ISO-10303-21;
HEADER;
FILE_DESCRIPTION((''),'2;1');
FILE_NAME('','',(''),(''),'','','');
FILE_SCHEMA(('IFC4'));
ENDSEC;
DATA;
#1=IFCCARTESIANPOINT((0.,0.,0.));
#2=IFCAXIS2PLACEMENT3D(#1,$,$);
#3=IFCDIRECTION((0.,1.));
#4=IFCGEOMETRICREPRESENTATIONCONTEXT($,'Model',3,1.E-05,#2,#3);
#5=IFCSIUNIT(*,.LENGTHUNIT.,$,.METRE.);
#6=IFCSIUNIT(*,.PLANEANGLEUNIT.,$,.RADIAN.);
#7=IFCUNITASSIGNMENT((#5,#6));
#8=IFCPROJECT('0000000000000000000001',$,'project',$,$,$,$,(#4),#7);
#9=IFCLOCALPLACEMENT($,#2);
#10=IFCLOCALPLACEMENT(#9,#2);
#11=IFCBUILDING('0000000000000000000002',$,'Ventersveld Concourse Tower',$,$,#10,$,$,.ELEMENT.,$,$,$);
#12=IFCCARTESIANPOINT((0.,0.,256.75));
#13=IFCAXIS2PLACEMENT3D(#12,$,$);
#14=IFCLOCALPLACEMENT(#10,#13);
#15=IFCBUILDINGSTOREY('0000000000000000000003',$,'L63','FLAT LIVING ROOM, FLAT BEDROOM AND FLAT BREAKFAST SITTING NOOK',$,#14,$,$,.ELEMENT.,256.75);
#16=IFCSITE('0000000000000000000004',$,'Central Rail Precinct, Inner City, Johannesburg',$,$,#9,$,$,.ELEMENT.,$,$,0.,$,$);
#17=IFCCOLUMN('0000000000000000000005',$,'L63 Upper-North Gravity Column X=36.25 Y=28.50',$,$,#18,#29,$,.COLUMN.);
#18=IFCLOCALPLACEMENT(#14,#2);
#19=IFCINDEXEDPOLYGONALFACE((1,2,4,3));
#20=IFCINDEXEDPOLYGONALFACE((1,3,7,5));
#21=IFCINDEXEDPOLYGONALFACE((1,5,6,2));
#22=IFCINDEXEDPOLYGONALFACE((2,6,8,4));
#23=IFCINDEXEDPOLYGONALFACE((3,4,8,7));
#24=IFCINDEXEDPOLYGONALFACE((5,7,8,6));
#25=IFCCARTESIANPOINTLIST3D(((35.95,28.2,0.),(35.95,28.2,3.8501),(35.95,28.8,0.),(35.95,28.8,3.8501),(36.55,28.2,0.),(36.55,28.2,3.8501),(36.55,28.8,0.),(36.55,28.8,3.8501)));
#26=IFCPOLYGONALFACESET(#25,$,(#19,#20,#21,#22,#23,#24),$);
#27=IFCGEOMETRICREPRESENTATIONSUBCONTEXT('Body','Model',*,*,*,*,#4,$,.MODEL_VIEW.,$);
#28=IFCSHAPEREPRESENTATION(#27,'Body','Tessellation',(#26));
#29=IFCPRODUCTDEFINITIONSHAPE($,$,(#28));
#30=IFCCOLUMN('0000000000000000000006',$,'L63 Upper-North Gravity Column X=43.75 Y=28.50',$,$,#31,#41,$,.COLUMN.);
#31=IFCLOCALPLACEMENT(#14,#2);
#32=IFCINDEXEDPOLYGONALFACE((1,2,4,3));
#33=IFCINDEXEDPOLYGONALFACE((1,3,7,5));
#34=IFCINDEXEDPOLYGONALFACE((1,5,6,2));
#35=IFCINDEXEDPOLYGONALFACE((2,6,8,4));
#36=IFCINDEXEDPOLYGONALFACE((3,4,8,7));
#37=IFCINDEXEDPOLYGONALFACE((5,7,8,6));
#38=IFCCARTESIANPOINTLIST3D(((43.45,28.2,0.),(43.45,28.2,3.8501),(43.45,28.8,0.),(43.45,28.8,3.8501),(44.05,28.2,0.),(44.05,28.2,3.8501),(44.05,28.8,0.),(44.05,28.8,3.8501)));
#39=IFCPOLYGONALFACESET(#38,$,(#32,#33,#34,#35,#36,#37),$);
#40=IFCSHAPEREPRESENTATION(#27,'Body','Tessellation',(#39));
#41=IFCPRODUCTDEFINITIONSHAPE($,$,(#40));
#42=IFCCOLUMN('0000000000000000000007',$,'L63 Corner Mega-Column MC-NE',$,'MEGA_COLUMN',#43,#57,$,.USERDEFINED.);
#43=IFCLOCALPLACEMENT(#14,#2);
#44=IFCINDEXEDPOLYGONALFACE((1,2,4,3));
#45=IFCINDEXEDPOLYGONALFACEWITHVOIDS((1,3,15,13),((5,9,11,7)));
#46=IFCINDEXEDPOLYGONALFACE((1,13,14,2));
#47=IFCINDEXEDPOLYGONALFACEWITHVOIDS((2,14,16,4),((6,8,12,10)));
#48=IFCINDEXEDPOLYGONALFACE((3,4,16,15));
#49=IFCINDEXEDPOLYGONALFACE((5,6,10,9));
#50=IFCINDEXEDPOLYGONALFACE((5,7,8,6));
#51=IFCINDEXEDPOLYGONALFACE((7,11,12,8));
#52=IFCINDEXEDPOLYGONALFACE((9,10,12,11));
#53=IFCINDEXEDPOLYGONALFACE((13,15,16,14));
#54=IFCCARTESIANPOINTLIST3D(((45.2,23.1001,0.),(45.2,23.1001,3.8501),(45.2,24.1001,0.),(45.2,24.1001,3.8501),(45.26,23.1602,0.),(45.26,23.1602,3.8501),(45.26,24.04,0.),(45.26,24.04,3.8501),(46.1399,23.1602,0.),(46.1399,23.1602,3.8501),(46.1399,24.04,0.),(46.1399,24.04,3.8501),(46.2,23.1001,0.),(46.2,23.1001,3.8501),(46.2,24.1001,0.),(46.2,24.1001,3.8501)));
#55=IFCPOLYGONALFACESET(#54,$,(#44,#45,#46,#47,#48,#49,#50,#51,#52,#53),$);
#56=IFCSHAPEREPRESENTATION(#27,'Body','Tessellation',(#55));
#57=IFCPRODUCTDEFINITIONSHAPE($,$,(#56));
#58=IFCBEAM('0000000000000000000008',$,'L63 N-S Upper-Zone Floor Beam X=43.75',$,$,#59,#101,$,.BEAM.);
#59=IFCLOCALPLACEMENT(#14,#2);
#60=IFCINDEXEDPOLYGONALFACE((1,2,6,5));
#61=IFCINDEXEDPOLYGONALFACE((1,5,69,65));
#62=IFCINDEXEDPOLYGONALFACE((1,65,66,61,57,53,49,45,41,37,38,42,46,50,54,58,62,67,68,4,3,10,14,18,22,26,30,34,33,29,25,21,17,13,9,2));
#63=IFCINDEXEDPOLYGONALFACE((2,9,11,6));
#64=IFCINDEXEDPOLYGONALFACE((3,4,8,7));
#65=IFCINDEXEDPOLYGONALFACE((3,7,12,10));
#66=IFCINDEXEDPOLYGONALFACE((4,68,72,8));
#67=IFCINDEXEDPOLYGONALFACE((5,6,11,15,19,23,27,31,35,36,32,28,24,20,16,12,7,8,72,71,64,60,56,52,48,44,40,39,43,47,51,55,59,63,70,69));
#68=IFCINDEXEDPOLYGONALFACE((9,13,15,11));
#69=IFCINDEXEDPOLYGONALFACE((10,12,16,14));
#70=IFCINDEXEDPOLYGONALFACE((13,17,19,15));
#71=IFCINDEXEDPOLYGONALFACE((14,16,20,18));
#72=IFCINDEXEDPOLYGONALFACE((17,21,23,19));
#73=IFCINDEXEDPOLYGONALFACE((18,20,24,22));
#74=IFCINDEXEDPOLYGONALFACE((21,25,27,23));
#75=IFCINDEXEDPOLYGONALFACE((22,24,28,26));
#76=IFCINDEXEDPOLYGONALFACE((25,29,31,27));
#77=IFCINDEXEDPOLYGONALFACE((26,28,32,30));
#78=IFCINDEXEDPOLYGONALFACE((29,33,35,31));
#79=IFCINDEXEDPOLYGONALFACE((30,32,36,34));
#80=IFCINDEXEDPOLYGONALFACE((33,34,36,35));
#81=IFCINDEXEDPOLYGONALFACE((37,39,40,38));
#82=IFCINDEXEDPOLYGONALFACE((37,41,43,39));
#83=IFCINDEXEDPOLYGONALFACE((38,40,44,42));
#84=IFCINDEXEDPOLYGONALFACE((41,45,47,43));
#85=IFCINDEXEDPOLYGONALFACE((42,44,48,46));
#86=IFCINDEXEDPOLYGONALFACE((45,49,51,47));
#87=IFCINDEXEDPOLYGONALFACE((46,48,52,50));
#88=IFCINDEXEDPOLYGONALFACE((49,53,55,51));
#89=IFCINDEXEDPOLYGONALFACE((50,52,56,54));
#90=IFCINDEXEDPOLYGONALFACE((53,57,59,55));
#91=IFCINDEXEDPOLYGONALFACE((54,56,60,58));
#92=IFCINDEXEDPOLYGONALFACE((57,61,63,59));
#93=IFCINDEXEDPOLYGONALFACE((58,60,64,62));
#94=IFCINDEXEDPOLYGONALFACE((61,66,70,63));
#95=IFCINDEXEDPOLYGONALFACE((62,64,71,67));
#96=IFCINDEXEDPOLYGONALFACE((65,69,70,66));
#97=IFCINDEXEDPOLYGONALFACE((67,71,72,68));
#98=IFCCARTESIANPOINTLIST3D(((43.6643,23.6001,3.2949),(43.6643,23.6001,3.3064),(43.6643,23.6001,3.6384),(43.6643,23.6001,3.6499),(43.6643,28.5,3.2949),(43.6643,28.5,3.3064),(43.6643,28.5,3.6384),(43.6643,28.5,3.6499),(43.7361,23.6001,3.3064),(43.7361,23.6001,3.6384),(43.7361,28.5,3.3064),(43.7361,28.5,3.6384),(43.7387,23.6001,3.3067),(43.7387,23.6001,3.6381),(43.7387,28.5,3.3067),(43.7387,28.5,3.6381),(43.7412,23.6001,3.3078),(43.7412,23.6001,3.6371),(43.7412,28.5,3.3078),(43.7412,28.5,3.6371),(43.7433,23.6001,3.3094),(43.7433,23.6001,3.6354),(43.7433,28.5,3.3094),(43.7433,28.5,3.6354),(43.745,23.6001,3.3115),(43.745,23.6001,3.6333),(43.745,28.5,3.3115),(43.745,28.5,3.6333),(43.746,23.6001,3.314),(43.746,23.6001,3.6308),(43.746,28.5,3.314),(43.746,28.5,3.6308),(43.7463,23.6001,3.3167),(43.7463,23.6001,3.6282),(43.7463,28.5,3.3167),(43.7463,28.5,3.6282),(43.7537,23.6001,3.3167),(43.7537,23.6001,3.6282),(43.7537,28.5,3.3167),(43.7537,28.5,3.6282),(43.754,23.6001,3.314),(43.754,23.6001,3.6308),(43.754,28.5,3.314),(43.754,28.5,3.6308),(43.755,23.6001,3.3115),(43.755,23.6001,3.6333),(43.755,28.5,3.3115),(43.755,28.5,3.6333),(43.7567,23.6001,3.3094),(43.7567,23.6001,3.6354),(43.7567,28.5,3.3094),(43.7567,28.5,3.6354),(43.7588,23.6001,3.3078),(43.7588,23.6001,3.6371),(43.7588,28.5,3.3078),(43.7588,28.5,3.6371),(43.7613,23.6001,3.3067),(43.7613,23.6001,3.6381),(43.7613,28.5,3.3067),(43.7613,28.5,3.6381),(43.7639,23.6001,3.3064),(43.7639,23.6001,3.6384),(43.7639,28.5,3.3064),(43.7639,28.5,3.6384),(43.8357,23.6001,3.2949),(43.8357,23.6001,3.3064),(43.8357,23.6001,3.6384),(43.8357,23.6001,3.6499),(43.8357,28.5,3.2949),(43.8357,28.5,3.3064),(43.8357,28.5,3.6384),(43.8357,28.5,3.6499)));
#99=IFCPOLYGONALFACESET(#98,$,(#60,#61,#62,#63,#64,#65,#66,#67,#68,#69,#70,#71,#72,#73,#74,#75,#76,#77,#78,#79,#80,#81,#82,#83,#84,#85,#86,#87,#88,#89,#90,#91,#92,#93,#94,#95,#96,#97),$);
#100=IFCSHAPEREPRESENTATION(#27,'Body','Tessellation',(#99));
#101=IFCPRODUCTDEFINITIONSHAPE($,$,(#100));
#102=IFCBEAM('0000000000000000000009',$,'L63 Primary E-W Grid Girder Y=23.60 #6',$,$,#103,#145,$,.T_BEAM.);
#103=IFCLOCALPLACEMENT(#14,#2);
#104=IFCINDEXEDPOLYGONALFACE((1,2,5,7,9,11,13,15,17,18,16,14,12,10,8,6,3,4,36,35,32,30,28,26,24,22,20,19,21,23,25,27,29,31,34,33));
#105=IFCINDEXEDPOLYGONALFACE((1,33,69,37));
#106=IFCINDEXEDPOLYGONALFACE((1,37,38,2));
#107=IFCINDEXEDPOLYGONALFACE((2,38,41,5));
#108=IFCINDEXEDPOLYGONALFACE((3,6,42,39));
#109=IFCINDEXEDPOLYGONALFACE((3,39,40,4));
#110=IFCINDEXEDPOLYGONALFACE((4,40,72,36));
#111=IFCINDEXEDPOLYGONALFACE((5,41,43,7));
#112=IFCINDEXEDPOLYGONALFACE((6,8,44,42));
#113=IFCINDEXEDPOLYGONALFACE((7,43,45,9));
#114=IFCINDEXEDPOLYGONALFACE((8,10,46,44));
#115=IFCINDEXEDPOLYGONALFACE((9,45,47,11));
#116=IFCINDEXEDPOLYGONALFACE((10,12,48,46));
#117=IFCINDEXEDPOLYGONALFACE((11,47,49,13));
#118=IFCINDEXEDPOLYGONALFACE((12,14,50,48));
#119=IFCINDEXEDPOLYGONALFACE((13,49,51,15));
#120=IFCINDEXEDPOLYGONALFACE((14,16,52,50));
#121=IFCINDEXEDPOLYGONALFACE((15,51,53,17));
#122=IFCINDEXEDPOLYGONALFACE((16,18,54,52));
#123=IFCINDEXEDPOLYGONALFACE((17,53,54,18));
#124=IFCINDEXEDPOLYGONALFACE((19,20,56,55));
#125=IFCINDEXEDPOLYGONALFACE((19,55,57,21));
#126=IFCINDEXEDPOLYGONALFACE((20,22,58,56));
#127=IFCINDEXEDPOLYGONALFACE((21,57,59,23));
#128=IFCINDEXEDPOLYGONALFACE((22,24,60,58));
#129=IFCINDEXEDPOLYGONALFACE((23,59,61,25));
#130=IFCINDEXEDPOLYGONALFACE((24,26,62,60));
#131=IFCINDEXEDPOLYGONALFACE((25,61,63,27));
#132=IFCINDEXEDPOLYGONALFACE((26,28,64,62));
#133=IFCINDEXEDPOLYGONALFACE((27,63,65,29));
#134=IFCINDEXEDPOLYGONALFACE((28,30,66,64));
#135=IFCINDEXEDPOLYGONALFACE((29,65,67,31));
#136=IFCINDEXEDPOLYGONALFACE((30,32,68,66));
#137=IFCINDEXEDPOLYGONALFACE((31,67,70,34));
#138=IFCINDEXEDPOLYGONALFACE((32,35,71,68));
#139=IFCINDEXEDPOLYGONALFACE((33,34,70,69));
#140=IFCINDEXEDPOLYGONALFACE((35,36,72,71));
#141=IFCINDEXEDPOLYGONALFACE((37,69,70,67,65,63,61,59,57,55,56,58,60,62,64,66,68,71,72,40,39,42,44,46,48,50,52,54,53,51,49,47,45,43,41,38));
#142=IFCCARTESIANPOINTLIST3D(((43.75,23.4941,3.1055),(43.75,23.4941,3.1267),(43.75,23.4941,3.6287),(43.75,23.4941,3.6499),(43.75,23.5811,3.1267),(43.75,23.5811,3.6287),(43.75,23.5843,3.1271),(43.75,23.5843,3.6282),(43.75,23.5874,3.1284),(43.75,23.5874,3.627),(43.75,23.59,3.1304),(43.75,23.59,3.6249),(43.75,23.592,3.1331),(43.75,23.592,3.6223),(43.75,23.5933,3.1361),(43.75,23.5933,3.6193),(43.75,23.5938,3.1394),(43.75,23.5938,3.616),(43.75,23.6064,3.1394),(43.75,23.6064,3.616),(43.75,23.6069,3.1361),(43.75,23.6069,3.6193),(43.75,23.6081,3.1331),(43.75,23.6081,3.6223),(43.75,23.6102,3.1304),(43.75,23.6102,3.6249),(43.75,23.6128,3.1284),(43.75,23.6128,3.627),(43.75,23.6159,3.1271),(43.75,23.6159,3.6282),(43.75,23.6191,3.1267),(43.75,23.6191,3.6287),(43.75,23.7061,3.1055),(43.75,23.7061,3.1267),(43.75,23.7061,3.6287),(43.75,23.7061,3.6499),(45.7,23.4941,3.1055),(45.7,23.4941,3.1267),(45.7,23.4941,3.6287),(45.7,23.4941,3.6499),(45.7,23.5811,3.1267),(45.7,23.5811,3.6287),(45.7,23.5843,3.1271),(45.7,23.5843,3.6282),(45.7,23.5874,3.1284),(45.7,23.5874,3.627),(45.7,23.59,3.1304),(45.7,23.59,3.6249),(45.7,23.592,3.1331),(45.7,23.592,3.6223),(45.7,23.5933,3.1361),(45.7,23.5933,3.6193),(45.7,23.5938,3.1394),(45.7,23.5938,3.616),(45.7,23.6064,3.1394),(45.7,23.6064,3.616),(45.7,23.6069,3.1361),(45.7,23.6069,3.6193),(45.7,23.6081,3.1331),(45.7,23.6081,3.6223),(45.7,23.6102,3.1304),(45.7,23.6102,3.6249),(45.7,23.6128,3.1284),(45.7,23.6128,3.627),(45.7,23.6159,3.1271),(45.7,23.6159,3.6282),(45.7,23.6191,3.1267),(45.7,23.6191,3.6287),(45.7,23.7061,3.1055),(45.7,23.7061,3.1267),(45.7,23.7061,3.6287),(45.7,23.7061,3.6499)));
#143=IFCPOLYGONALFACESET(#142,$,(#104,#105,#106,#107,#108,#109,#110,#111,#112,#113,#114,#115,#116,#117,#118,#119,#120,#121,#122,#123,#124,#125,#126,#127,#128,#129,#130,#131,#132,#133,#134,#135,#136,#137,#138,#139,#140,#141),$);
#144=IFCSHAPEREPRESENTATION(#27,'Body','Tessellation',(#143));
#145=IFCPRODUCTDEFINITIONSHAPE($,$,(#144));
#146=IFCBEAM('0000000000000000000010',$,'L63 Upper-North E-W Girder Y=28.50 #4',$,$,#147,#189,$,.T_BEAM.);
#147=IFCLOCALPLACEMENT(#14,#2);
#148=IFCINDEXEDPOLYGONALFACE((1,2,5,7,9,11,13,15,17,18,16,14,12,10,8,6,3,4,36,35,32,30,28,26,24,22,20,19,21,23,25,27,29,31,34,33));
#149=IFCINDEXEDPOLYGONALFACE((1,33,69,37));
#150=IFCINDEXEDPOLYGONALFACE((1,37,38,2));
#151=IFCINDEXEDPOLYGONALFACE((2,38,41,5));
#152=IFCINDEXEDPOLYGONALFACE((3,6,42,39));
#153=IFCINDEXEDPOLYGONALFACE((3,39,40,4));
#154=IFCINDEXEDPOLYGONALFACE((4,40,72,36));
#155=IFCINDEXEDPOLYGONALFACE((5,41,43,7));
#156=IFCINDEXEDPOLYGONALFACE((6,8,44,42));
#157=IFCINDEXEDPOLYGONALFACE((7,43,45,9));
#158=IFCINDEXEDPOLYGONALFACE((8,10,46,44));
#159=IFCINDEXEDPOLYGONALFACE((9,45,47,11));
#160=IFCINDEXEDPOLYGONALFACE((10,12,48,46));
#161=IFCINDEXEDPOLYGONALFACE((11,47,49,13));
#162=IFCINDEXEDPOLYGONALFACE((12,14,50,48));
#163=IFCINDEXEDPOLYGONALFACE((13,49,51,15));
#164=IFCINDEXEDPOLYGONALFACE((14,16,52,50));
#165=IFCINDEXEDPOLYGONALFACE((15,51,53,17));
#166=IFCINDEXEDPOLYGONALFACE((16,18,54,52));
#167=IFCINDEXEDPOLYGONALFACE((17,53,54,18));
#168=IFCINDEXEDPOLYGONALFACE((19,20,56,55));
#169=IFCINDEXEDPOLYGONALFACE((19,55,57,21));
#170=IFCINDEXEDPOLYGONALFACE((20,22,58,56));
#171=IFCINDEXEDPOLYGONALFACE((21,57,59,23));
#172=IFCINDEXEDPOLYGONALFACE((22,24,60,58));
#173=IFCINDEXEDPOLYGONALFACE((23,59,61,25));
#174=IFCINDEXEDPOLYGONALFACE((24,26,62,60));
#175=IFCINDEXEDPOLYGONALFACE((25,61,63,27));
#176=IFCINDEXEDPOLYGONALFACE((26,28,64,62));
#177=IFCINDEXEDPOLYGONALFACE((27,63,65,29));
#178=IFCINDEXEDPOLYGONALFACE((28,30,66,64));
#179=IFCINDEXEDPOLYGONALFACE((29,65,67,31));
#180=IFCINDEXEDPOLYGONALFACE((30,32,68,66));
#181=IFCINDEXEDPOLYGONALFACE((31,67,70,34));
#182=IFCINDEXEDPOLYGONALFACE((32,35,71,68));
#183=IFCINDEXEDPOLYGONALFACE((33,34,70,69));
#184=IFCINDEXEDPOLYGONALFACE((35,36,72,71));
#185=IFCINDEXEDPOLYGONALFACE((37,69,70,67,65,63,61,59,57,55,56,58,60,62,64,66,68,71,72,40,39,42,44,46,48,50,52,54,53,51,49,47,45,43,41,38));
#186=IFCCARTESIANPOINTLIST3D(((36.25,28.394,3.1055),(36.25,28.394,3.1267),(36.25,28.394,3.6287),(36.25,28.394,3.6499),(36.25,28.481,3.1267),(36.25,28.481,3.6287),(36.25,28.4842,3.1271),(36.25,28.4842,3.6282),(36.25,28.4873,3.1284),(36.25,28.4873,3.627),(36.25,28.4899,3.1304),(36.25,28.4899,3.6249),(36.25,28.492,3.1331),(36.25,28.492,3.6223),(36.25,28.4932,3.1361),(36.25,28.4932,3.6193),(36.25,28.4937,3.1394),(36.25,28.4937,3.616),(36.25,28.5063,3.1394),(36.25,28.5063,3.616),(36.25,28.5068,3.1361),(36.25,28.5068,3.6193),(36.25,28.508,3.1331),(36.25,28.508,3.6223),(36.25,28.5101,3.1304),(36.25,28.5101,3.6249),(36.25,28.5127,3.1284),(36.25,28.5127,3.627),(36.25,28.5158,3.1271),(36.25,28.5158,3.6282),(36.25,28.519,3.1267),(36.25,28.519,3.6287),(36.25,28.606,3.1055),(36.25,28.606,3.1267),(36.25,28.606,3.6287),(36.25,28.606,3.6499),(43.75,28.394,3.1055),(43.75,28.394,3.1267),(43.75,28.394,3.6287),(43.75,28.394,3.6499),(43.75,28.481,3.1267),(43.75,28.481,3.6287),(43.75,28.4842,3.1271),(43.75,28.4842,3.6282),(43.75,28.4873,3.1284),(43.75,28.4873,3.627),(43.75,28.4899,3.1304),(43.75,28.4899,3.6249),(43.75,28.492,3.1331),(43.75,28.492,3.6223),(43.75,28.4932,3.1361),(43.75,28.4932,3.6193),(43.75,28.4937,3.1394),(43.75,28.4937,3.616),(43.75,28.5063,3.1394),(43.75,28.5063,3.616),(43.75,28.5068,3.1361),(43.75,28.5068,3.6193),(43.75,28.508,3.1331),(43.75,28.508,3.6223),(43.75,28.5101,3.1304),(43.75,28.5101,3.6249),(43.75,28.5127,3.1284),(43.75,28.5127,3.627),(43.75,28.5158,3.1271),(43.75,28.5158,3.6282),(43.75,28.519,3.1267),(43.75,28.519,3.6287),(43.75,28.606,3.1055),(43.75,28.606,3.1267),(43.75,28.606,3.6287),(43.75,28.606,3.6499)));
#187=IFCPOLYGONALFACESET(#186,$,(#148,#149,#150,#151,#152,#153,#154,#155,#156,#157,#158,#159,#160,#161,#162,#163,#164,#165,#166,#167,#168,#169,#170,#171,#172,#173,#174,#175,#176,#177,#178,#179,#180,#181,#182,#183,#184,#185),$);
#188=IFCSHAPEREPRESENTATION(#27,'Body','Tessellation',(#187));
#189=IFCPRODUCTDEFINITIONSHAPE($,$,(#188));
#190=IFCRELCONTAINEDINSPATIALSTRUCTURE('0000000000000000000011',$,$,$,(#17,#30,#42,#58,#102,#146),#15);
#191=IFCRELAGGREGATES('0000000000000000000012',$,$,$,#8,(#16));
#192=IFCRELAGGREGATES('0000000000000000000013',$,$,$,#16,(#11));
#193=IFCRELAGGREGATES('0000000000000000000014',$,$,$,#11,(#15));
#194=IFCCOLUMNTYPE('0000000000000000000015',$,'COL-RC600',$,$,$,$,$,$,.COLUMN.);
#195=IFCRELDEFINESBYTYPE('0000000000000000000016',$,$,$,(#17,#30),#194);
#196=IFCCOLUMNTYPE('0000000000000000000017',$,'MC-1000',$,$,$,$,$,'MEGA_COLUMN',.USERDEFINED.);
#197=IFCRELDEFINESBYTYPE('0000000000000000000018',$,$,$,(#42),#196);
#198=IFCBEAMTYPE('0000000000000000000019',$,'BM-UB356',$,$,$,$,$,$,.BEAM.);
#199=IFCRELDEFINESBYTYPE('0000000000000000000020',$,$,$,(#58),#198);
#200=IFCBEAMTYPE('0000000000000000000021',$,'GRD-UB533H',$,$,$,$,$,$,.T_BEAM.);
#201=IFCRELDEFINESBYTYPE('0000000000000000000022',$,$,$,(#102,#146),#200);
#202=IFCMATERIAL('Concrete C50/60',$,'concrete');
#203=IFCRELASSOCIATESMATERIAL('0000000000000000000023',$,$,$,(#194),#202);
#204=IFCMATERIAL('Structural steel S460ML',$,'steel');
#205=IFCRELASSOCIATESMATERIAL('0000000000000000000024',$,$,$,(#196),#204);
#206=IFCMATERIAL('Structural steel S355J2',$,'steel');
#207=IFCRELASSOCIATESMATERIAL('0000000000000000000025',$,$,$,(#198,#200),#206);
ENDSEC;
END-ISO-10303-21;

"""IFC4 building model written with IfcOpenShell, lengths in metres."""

from ifc_helpers import new_model, si_unit, direction, frame, origin, origin_2d, place, context, subcontext, project, spatial, rectangle, hollow_rectangle, i_section, extrude, material, material_profile, profile_set, type_object, element, save


model = new_model("IFC4")

# Units and contexts
model_context = context("Model", 3, precision=1e-05, world=origin(), true_north=direction((0.0, 1.0)))
body_context = subcontext(model_context, "Body", "Model", "MODEL_VIEW")
ifc_project = project(units=[si_unit("LENGTHUNIT", "METRE"), si_unit("PLANEANGLEUNIT", "RADIAN")], contexts=[model_context])

# Site, building, storey
site_placement = place(None, origin())
site = spatial("IfcSite", under=ifc_project, at=site_placement, Name="Central Rail Precinct, Inner City, Johannesburg", CompositionType="ELEMENT", RefElevation=0.0)
building_placement = place(site_placement, origin())
building = spatial("IfcBuilding", under=site, at=building_placement, Name="Ventersveld Concourse Tower", CompositionType="ELEMENT")
storey_placement = place(building_placement, frame((0.0, 0.0, 256.75)))
storey = spatial("IfcBuildingStorey", under=building, at=storey_placement, Name="L63", Description="FLAT LIVING ROOM, FLAT BEDROOM AND FLAT BREAKFAST SITTING NOOK", CompositionType="ELEMENT", Elevation=256.75)

# Columns
ifc_material_1 = material(Name="Concrete C50/60", Category="concrete")
ifc_material_profile_1 = material_profile(ifc_material_1, rectangle(XDim=0.6001, YDim=0.6001, at=origin_2d()), Name="RC 600x600")
ifc_profile_set_1 = profile_set([ifc_material_profile_1], Name="Concrete C50/60")
column_type_1 = type_object("IfcColumnType", Name="COL-RC600", PredefinedType="COLUMN", material=ifc_profile_set_1)
for number, where, z_axis, x_axis, name in (
    (1, (36.25, 28.5, 0.0), (0.0, 0.0, 1.0), (1.0, 0.0, 0.0), "L63 Upper-North Gravity Column X=36.25 Y=28.50"),
    (2, (43.75, 28.5, 0.0), (0.0, 0.0, 1.0), (1.0, 0.0, 0.0), "L63 Upper-North Gravity Column X=43.75 Y=28.50"),
):
    element("IfcColumn", number, at=place(storey_placement, frame(where, z_axis=z_axis, x_axis=x_axis)), inside=storey, type_object=column_type_1, Name=name, PredefinedType="COLUMN", context=body_context, shape_type="SweptSolid", body=[
        extrude(rectangle(XDim=0.6001, YDim=0.6001, at=origin_2d()), origin(), (0.0, 0.0, 1.0), 3.8501),
    ])
ifc_material_2 = material(Name="Structural steel S460ML", Category="steel")
ifc_material_profile_2 = material_profile(ifc_material_2, hollow_rectangle(XDim=1.0, YDim=1.0, WallThickness=0.0601, at=origin_2d()), Name="BOX 1000x1000x60")
ifc_profile_set_2 = profile_set([ifc_material_profile_2], Name="Structural steel S460ML")
column_type_2 = type_object("IfcColumnType", Name="MC-1000", ElementType="MEGA_COLUMN", PredefinedType="USERDEFINED", material=ifc_profile_set_2)
column_placement = place(storey_placement, frame((45.7, 23.6001, 0.0), z_axis=(0.0, 0.0, 1.0), x_axis=(1.0, 0.0, 0.0)))
element("IfcColumn", 3, at=column_placement, inside=storey, type_object=column_type_2, Name="L63 Corner Mega-Column MC-NE", ObjectType="MEGA_COLUMN", PredefinedType="USERDEFINED", context=body_context, shape_type="SweptSolid", body=[
    extrude(hollow_rectangle(XDim=1.0, YDim=1.0, WallThickness=0.0601, at=origin_2d()), origin(), (0.0, 0.0, 1.0), 3.8501),
])

# Beams
ifc_material_3 = material(Name="Structural steel S355J2", Category="steel")
ifc_material_profile_3 = material_profile(ifc_material_3, i_section(OverallWidth=0.1714, OverallDepth=0.355, WebThickness=0.0073, FlangeThickness=0.0115, FilletRadius=0.0103, at=origin_2d()), Name="UB 356x171x51")
ifc_profile_set_3 = profile_set([ifc_material_profile_3], Name="Structural steel S355J2")
beam_type_1 = type_object("IfcBeamType", Name="BM-UB356", PredefinedType="BEAM", material=ifc_profile_set_3)
beam_1_placement = place(storey_placement, frame((43.75, 23.6001, 3.4724), z_axis=(0.0, 1.0, 0.0), x_axis=(-1.0, 0.0, 0.0)))
element("IfcBeam", 4, at=beam_1_placement, inside=storey, type_object=beam_type_1, Name="L63 N-S Upper-Zone Floor Beam X=43.75", PredefinedType="BEAM", context=body_context, shape_type="SweptSolid", body=[
    extrude(i_section(OverallWidth=0.1714, OverallDepth=0.355, WebThickness=0.0073, FlangeThickness=0.0115, FilletRadius=0.0103, at=origin_2d()), origin(), (0.0, 0.0, 1.0), 4.8999),
])
ifc_material_profile_4 = material_profile(ifc_material_3, i_section(OverallWidth=0.2119, OverallDepth=0.5444, WebThickness=0.0127, FlangeThickness=0.0212, FilletRadius=0.0127, at=origin_2d()), Name="UB 533x210x122")
ifc_profile_set_4 = profile_set([ifc_material_profile_4], Name="Structural steel S355J2")
beam_type_2 = type_object("IfcBeamType", Name="GRD-UB533H", PredefinedType="T_BEAM", material=ifc_profile_set_4)
beam_2_placement = place(storey_placement, frame((43.75, 23.6001, 3.3777), z_axis=(1.0, 0.0, 0.0), x_axis=(0.0, 1.0, 0.0)))
element("IfcBeam", 5, at=beam_2_placement, inside=storey, type_object=beam_type_2, Name="L63 Primary E-W Grid Girder Y=23.60 #6", PredefinedType="T_BEAM", context=body_context, shape_type="SweptSolid", body=[
    extrude(i_section(OverallWidth=0.2119, OverallDepth=0.5444, WebThickness=0.0127, FlangeThickness=0.0212, FilletRadius=0.0127, at=origin_2d()), origin(), (0.0, 0.0, 1.0), 1.95),
])
beam_3_placement = place(storey_placement, frame((36.25, 28.5, 3.3777), z_axis=(1.0, 0.0, 0.0), x_axis=(0.0, 1.0, 0.0)))
element("IfcBeam", 6, at=beam_3_placement, inside=storey, type_object=beam_type_2, Name="L63 Upper-North E-W Girder Y=28.50 #4", PredefinedType="T_BEAM", context=body_context, shape_type="SweptSolid", body=[
    extrude(i_section(OverallWidth=0.2119, OverallDepth=0.5444, WebThickness=0.0127, FlangeThickness=0.0212, FilletRadius=0.0127, at=origin_2d()), origin(), (0.0, 0.0, 1.0), 7.5),
])

save(model, "model.ifc")
